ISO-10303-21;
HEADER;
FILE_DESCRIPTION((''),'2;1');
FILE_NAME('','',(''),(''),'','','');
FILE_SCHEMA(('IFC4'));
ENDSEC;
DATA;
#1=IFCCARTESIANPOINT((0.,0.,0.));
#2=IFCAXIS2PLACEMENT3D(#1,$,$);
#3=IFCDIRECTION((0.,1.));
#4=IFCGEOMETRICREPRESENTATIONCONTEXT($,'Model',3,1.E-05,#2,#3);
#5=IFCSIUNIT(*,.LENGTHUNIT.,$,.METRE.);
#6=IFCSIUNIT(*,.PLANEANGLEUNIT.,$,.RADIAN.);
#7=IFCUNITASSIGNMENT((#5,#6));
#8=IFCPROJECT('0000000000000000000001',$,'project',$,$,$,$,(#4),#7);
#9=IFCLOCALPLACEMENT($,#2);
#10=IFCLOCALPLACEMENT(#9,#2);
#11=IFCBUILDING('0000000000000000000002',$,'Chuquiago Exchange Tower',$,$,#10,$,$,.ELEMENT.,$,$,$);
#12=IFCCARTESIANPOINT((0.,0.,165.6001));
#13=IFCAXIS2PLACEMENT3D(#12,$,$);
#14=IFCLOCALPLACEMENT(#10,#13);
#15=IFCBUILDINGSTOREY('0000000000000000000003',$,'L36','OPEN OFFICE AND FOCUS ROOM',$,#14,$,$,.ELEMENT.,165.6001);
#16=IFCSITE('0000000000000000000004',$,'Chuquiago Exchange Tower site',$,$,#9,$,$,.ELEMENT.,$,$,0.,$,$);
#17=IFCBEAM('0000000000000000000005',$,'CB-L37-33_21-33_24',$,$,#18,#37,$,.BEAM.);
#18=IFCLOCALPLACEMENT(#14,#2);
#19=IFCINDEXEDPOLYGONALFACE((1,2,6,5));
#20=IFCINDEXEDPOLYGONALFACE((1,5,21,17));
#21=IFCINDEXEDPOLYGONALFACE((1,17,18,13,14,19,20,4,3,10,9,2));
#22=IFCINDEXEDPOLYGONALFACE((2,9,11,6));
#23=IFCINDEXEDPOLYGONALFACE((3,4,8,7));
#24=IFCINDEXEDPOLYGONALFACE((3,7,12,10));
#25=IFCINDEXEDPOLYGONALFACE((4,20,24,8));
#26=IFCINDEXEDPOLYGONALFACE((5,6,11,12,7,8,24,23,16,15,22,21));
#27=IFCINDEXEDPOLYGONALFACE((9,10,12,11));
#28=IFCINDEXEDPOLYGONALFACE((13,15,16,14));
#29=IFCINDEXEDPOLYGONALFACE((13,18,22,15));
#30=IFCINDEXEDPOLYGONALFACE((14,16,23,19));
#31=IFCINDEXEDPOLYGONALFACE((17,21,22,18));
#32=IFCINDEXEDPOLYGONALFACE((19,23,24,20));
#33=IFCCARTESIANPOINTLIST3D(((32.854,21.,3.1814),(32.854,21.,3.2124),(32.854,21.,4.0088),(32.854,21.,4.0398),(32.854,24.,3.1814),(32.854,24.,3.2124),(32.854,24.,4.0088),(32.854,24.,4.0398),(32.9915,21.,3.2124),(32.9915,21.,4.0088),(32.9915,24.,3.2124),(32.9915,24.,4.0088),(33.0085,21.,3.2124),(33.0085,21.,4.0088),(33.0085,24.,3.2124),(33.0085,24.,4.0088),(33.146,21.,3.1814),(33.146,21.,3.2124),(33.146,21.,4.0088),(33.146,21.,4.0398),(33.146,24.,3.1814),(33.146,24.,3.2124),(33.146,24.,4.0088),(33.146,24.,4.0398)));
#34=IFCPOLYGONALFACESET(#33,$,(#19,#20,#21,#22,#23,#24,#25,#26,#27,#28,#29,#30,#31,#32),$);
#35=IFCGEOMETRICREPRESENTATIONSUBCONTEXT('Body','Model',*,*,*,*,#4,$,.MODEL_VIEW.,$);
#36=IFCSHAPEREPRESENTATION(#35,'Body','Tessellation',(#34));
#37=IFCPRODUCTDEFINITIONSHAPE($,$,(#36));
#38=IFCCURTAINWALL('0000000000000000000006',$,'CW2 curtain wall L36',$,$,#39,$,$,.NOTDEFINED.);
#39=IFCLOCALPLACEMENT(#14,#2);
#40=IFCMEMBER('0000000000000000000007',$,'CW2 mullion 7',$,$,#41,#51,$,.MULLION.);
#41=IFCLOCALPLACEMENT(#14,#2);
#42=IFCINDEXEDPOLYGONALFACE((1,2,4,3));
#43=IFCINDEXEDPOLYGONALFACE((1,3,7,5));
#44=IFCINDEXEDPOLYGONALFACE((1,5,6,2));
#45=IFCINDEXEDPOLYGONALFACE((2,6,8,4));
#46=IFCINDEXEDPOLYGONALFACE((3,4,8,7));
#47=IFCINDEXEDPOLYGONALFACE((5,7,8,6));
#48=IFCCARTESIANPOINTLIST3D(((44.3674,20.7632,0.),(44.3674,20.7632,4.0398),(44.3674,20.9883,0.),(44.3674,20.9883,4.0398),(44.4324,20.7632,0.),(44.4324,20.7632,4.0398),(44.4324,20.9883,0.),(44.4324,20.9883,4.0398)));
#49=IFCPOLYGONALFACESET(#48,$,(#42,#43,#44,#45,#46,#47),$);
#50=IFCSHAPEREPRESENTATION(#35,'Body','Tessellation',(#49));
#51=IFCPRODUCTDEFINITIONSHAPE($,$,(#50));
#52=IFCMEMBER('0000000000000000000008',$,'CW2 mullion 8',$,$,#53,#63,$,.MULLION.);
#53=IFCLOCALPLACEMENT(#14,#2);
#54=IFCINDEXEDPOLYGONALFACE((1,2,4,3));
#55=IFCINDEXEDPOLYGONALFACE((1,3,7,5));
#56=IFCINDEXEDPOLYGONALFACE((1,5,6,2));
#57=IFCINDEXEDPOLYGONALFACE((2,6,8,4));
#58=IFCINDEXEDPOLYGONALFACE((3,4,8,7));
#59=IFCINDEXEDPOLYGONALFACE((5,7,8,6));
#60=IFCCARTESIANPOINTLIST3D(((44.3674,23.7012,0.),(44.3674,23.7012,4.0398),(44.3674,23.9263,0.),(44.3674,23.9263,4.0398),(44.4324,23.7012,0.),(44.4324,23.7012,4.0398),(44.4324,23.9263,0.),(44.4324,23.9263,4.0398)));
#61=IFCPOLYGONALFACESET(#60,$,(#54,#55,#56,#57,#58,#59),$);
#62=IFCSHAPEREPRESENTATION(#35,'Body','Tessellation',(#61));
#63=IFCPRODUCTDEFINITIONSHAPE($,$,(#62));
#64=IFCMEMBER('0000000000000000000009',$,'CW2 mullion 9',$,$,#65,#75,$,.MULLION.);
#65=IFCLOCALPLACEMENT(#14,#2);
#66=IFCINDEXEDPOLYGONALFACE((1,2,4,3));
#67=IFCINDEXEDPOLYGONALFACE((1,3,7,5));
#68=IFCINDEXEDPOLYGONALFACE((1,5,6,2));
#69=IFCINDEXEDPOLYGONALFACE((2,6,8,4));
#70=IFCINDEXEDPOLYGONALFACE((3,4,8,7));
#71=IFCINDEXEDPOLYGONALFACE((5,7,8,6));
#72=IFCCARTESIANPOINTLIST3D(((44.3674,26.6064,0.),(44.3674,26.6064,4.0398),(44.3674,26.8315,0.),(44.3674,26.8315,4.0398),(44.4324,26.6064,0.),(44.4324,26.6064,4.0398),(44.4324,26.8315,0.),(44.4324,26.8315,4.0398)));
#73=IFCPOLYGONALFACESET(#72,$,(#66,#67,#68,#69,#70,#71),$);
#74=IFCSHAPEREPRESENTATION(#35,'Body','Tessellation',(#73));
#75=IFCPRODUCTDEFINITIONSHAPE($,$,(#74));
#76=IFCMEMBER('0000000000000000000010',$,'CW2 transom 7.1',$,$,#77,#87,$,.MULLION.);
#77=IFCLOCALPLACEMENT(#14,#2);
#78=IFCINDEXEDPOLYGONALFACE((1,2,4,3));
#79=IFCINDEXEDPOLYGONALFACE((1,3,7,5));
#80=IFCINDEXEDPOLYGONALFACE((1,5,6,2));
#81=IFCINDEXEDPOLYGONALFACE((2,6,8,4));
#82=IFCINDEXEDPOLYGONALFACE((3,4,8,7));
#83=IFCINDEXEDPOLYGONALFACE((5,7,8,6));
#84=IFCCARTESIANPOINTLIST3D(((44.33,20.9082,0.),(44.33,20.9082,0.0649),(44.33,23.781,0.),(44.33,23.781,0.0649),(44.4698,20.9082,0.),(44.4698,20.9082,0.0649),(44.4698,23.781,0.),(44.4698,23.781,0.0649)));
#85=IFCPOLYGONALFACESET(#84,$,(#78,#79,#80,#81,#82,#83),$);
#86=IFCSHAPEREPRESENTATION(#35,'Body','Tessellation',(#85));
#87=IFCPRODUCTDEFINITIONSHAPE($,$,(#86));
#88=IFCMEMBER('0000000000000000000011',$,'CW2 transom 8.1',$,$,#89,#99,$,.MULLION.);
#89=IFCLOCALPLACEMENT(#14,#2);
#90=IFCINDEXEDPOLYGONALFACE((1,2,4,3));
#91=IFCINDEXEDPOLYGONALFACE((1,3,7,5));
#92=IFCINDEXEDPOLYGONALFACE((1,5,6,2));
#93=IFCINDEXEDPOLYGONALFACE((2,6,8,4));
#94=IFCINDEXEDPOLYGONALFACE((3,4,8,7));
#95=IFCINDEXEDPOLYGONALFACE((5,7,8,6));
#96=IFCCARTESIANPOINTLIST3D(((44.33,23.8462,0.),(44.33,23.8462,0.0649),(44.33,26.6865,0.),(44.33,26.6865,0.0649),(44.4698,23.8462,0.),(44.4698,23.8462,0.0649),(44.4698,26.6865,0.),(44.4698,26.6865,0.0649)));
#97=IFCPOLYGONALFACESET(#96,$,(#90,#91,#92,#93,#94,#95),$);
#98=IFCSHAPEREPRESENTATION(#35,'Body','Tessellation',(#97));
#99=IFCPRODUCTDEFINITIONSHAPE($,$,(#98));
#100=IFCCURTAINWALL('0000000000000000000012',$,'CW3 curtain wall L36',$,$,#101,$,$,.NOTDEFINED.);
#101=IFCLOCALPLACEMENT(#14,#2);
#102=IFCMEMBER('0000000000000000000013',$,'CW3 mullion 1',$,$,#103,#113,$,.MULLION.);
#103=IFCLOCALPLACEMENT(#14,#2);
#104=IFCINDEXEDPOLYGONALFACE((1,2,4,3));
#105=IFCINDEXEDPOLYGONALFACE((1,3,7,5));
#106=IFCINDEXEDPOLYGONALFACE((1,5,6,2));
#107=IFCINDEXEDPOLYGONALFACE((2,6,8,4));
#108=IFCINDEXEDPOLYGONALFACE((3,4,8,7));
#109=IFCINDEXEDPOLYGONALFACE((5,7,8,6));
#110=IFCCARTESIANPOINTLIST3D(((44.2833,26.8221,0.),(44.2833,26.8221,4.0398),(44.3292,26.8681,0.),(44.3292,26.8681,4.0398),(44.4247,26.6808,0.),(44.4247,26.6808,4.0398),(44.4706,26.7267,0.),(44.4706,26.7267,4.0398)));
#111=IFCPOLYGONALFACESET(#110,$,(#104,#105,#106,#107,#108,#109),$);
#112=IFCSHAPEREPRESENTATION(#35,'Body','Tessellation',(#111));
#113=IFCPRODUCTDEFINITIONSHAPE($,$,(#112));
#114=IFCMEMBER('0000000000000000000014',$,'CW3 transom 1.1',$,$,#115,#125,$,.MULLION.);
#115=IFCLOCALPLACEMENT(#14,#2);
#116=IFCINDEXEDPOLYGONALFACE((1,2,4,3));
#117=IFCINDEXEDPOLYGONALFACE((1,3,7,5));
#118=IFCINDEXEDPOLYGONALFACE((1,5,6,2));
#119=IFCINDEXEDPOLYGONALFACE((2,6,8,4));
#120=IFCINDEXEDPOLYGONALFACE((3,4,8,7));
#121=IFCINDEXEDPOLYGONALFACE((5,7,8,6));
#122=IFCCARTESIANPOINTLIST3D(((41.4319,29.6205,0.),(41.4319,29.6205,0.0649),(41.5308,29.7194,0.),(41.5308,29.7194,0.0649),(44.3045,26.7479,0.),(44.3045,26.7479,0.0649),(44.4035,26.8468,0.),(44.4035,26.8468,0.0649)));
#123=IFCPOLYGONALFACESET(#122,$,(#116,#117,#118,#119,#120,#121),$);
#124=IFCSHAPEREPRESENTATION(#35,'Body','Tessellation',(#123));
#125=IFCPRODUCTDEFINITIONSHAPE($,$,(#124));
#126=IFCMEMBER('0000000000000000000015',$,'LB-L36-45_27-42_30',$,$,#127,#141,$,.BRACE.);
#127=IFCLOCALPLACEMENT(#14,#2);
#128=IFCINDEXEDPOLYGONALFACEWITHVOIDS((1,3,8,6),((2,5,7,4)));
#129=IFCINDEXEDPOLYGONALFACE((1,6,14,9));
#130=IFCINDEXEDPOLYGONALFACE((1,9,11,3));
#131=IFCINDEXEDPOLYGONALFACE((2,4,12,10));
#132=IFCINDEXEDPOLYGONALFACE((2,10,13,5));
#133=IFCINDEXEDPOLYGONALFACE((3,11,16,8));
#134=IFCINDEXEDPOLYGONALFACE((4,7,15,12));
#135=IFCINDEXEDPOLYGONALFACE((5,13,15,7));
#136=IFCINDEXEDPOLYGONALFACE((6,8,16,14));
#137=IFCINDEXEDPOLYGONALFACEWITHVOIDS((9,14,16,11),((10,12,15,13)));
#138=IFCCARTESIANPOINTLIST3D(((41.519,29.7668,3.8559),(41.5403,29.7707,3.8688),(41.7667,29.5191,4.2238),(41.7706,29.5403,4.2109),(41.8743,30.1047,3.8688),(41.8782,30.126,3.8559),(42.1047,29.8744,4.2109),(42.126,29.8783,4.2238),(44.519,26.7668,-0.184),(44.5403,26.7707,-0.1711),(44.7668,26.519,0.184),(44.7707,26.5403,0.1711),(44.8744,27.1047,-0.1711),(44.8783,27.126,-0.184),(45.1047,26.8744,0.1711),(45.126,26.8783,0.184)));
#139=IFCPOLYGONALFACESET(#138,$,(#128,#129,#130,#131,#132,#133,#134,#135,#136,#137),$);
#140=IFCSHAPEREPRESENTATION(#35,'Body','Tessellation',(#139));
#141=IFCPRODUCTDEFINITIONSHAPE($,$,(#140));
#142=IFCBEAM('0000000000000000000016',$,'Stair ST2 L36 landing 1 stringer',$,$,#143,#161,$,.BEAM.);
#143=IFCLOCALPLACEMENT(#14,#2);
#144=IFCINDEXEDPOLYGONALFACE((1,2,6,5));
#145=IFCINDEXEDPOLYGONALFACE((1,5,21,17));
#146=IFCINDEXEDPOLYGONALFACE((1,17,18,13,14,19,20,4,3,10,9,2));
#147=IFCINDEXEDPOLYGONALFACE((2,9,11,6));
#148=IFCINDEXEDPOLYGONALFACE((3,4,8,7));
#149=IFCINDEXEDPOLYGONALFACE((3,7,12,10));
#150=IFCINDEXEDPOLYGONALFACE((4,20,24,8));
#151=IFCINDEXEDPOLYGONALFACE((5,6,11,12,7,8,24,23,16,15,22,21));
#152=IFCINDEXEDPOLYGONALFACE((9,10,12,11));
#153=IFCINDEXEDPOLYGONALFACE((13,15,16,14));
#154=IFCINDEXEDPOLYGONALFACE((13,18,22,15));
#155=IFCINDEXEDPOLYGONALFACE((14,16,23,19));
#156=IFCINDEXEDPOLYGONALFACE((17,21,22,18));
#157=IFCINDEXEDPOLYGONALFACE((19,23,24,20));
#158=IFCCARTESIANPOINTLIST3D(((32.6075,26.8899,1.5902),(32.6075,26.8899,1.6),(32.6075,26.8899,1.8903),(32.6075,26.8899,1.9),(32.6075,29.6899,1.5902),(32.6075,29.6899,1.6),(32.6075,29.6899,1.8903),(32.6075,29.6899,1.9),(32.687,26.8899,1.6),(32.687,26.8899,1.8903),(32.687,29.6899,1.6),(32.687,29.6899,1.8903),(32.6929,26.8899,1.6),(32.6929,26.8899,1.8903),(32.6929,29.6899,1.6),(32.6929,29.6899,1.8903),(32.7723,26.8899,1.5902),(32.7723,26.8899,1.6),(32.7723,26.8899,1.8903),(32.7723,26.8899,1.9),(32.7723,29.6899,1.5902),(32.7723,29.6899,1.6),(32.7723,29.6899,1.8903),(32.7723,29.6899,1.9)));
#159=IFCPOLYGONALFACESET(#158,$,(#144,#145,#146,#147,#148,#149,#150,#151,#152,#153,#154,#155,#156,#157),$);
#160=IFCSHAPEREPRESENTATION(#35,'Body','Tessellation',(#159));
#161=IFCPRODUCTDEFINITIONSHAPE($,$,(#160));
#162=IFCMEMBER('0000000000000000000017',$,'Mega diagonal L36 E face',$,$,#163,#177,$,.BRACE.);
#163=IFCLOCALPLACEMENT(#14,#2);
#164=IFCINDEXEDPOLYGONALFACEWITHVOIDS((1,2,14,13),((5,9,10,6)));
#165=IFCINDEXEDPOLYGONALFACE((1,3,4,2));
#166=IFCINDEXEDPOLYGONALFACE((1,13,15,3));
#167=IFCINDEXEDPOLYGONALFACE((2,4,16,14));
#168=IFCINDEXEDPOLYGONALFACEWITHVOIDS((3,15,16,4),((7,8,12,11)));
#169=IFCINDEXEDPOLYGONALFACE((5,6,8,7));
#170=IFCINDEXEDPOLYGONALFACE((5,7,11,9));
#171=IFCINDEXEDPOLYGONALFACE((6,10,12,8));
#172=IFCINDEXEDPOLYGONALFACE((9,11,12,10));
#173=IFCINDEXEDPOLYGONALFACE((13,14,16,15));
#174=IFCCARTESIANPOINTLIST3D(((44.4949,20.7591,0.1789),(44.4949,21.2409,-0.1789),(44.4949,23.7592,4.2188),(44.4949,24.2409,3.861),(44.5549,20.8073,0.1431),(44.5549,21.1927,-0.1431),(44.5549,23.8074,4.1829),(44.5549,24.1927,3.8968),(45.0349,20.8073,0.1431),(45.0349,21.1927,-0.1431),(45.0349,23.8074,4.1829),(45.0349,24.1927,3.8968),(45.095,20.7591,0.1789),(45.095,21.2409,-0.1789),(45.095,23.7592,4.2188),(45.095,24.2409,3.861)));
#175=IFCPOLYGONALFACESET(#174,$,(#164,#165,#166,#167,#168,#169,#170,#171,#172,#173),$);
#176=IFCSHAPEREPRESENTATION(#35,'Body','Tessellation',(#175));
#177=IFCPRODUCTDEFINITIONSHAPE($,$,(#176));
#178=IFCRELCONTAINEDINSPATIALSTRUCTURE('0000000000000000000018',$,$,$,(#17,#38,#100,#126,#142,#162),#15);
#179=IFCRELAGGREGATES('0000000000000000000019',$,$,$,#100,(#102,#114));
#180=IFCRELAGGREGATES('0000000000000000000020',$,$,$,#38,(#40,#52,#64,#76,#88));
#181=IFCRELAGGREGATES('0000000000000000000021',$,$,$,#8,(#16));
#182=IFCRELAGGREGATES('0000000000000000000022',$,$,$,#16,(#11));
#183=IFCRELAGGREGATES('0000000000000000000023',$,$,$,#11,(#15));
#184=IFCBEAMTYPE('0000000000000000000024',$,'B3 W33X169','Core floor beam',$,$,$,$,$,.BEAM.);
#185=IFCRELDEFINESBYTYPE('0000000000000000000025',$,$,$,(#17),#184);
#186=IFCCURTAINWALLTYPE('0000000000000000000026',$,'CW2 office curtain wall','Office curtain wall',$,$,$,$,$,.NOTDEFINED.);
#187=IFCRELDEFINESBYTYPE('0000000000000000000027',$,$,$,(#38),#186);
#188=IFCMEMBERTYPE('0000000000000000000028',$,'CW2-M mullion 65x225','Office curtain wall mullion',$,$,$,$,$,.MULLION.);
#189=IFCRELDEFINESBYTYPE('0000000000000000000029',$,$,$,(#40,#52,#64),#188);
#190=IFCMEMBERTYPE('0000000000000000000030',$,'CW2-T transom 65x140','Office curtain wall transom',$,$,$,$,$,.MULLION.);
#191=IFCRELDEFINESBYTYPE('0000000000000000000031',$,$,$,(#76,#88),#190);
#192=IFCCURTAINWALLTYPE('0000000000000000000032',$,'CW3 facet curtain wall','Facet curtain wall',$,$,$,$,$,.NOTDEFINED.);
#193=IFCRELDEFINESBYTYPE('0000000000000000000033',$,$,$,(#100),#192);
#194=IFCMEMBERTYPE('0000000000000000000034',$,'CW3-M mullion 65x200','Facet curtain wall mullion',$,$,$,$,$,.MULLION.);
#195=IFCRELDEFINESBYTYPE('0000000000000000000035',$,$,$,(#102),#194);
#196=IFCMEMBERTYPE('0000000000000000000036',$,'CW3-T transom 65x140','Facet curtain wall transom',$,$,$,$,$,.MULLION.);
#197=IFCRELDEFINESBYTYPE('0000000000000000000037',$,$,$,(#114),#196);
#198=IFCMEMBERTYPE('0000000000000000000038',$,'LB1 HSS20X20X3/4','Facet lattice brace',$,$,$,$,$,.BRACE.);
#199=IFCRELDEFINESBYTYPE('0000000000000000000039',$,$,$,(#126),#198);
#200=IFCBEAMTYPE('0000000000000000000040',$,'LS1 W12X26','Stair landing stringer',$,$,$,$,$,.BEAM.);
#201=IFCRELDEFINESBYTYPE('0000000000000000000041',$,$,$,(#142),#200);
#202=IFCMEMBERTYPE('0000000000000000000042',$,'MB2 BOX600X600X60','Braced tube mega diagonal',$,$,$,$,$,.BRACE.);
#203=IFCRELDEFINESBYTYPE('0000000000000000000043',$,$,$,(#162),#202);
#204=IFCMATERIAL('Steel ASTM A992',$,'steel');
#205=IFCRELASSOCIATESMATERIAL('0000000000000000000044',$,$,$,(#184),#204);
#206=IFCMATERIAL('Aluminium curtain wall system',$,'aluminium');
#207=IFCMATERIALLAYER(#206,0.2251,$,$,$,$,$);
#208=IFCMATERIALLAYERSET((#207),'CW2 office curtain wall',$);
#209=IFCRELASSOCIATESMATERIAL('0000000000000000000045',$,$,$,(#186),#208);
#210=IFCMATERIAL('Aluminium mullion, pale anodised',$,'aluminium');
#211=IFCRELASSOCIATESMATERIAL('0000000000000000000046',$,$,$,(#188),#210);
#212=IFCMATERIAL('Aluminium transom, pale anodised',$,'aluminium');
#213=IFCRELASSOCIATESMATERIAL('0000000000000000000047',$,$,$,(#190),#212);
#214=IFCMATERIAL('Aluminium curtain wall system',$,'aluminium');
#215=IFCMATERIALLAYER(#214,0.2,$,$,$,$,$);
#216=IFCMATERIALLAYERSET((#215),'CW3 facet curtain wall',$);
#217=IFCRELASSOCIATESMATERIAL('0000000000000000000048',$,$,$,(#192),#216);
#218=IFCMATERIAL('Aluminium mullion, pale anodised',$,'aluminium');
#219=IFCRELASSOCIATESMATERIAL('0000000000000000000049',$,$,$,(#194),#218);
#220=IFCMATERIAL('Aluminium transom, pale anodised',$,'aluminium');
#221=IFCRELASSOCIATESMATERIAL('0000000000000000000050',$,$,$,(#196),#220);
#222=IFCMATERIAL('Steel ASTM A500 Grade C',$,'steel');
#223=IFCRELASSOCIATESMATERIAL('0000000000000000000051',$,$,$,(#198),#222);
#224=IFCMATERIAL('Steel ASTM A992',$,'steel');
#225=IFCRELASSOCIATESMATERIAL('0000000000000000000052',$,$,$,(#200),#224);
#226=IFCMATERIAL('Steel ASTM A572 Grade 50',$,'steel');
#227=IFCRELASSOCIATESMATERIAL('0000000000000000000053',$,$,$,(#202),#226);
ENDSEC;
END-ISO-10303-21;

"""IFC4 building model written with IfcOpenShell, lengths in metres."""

from ifc_helpers import new_model, si_unit, direction, frame, origin, origin_2d, place, context, subcontext, project, spatial, rectangle, hollow_rectangle, i_section, extrude, material, layer, layer_set, material_profile, profile_set, type_object, element, aggregate, save


model = new_model("IFC4")

# Units and contexts
model_context = context("Model", 3, precision=1e-05, world=origin(), true_north=direction((0.0, 1.0)))
body_context = subcontext(model_context, "Body", "Model", "MODEL_VIEW")
ifc_project = project(units=[si_unit("LENGTHUNIT", "METRE"), si_unit("PLANEANGLEUNIT", "RADIAN")], contexts=[model_context])

# Site, building, storey
site_placement = place(None, origin())
site = spatial("IfcSite", under=ifc_project, at=site_placement, Name="Chuquiago Exchange Tower site", CompositionType="ELEMENT", RefElevation=0.0)
building_placement = place(site_placement, origin())
building = spatial("IfcBuilding", under=site, at=building_placement, Name="Chuquiago Exchange Tower", CompositionType="ELEMENT")
storey_placement = place(building_placement, frame((0.0, 0.0, 165.6001)))
storey = spatial("IfcBuildingStorey", under=building, at=storey_placement, Name="L36", Description="OPEN OFFICE AND FOCUS ROOM", CompositionType="ELEMENT", Elevation=165.6001)

# Beam
ifc_material_1 = material(Name="Steel ASTM A992", Category="steel")
ifc_material_profile_1 = material_profile(ifc_material_1, i_section(OverallWidth=0.292, OverallDepth=0.8584, WebThickness=0.0171, FlangeThickness=0.031, at=origin_2d()), Name="W33X169")
ifc_profile_set_1 = profile_set([ifc_material_profile_1], Name="Steel ASTM A992")
beam_type_1 = type_object("IfcBeamType", Name="B3 W33X169", Description="Core floor beam", PredefinedType="BEAM", material=ifc_profile_set_1)
beam_1_placement = place(storey_placement, frame((33.0, 21.0, 3.6106), z_axis=(0.0, 1.0, 0.0), x_axis=(-1.0, 0.0, 0.0)))
element("IfcBeam", 1, at=beam_1_placement, inside=storey, type_object=beam_type_1, Name="CB-L37-33_21-33_24", PredefinedType="BEAM", context=body_context, shape_type="SweptSolid", body=[
    extrude(i_section(OverallWidth=0.292, OverallDepth=0.8584, WebThickness=0.0171, FlangeThickness=0.031, at=origin_2d()), origin(), (0.0, 0.0, 1.0), 3.0),
])

# Curtain walls, members
ifc_material_2 = material(Name="Aluminium curtain wall system", Category="aluminium")
ifc_layer_1 = layer(ifc_material_2, 0.2251)
ifc_layer_set_1 = layer_set([ifc_layer_1], Name="CW2 office curtain wall")
curtain_wall_type_1 = type_object("IfcCurtainWallType", Name="CW2 office curtain wall", Description="Office curtain wall", PredefinedType="NOTDEFINED", material=ifc_layer_set_1)
curtain_wall_1_placement = place(storey_placement, origin())
curtain_wall_1 = element("IfcCurtainWall", 2, at=curtain_wall_1_placement, inside=storey, type_object=curtain_wall_type_1, Name="CW2 curtain wall L36", PredefinedType="NOTDEFINED")
ifc_material_3 = material(Name="Aluminium mullion, pale anodised", Category="aluminium")
ifc_material_profile_2 = material_profile(ifc_material_3, rectangle(XDim=0.0649, YDim=0.2251, at=origin_2d()), Name="AL 65x225")
ifc_profile_set_2 = profile_set([ifc_material_profile_2], Name="Aluminium mullion, pale anodised")
member_type_1 = type_object("IfcMemberType", Name="CW2-M mullion 65x225", Description="Office curtain wall mullion", PredefinedType="MULLION", material=ifc_profile_set_2)
member_1_placement = place(storey_placement, frame((44.3999, 20.8757, 0.0), z_axis=(0.0, 0.0, 1.0), x_axis=(-1.0, 0.0, 0.0)))
member_1 = element("IfcMember", 3, at=member_1_placement, type_object=member_type_1, Name="CW2 mullion 7", PredefinedType="MULLION", context=body_context, shape_type="SweptSolid", body=[
    extrude(rectangle(XDim=0.0649, YDim=0.2251, at=origin_2d()), origin(), (0.0, 0.0, 1.0), 4.0398),
])
member_2_placement = place(storey_placement, frame((44.3999, 23.8137, 0.0), z_axis=(0.0, 0.0, 1.0), x_axis=(-1.0, 0.0, 0.0)))
member_2 = element("IfcMember", 4, at=member_2_placement, type_object=member_type_1, Name="CW2 mullion 8", PredefinedType="MULLION", context=body_context, shape_type="SweptSolid", body=[
    extrude(rectangle(XDim=0.0649, YDim=0.2251, at=origin_2d()), origin(), (0.0, 0.0, 1.0), 4.0398),
])
member_3_placement = place(storey_placement, frame((44.3999, 26.719, 0.0), z_axis=(0.0, 0.0, 1.0), x_axis=(-1.0, 0.0, 0.0)))
member_3 = element("IfcMember", 5, at=member_3_placement, type_object=member_type_1, Name="CW2 mullion 9", PredefinedType="MULLION", context=body_context, shape_type="SweptSolid", body=[
    extrude(rectangle(XDim=0.0649, YDim=0.2251, at=origin_2d()), origin(), (0.0, 0.0, 1.0), 4.0398),
])
ifc_material_4 = material(Name="Aluminium transom, pale anodised", Category="aluminium")
ifc_material_profile_3 = material_profile(ifc_material_4, rectangle(XDim=0.1399, YDim=0.0649, at=origin_2d()), Name="AL 140x65")
ifc_profile_set_3 = profile_set([ifc_material_profile_3], Name="Aluminium transom, pale anodised")
member_type_2 = type_object("IfcMemberType", Name="CW2-T transom 65x140", Description="Office curtain wall transom", PredefinedType="MULLION", material=ifc_profile_set_3)
member_4_placement = place(storey_placement, frame((44.3999, 20.9082, 0.0325), z_axis=(0.0, 1.0, 0.0), x_axis=(-1.0, 0.0, 0.0)))
member_4 = element("IfcMember", 6, at=member_4_placement, type_object=member_type_2, Name="CW2 transom 7.1", PredefinedType="MULLION", context=body_context, shape_type="SweptSolid", body=[
    extrude(rectangle(XDim=0.1399, YDim=0.0649, at=origin_2d()), origin(), (0.0, 0.0, 1.0), 2.8728),
])
member_5_placement = place(storey_placement, frame((44.3999, 23.8462, 0.0325), z_axis=(0.0, 1.0, 0.0), x_axis=(-1.0, 0.0, 0.0)))
member_5 = element("IfcMember", 7, at=member_5_placement, type_object=member_type_2, Name="CW2 transom 8.1", PredefinedType="MULLION", context=body_context, shape_type="SweptSolid", body=[
    extrude(rectangle(XDim=0.1399, YDim=0.0649, at=origin_2d()), origin(), (0.0, 0.0, 1.0), 2.8403),
])
ifc_material_5 = material(Name="Aluminium curtain wall system", Category="aluminium")
ifc_layer_2 = layer(ifc_material_5, 0.2)
ifc_layer_set_2 = layer_set([ifc_layer_2], Name="CW3 facet curtain wall")
curtain_wall_type_2 = type_object("IfcCurtainWallType", Name="CW3 facet curtain wall", Description="Facet curtain wall", PredefinedType="NOTDEFINED", material=ifc_layer_set_2)
curtain_wall_2_placement = place(storey_placement, origin())
curtain_wall_2 = element("IfcCurtainWall", 8, at=curtain_wall_2_placement, inside=storey, type_object=curtain_wall_type_2, Name="CW3 curtain wall L36", PredefinedType="NOTDEFINED")
ifc_material_6 = material(Name="Aluminium mullion, pale anodised", Category="aluminium")
ifc_material_profile_4 = material_profile(ifc_material_6, rectangle(XDim=0.0649, YDim=0.2, at=origin_2d()), Name="AL 65x200")
ifc_profile_set_4 = profile_set([ifc_material_profile_4], Name="Aluminium mullion, pale anodised")
member_type_3 = type_object("IfcMemberType", Name="CW3-M mullion 65x200", Description="Facet curtain wall mullion", PredefinedType="MULLION", material=ifc_profile_set_4)
member_6_placement = place(storey_placement, frame((44.377, 26.7744, 0.0), z_axis=(0.0, 0.0, 1.0), x_axis=(-0.707107, -0.707107, 0.0)))
member_6 = element("IfcMember", 9, at=member_6_placement, type_object=member_type_3, Name="CW3 mullion 1", PredefinedType="MULLION", context=body_context, shape_type="SweptSolid", body=[
    extrude(rectangle(XDim=0.0649, YDim=0.2, at=origin_2d()), origin(), (0.0, 0.0, 1.0), 4.0398),
])
ifc_material_7 = material(Name="Aluminium transom, pale anodised", Category="aluminium")
ifc_material_profile_5 = material_profile(ifc_material_7, rectangle(XDim=0.1399, YDim=0.0649, at=origin_2d()), Name="AL 140x65")
ifc_profile_set_5 = profile_set([ifc_material_profile_5], Name="Aluminium transom, pale anodised")
member_type_4 = type_object("IfcMemberType", Name="CW3-T transom 65x140", Description="Facet curtain wall transom", PredefinedType="MULLION", material=ifc_profile_set_5)
member_7_placement = place(storey_placement, frame((44.354, 26.7974, 0.0325), z_axis=(-0.707107, 0.707107, 0.0), x_axis=(-0.707107, -0.707107, 0.0)))
member_7 = element("IfcMember", 10, at=member_7_placement, type_object=member_type_4, Name="CW3 transom 1.1", PredefinedType="MULLION", context=body_context, shape_type="SweptSolid", body=[
    extrude(rectangle(XDim=0.1399, YDim=0.0649, at=origin_2d()), origin(), (0.0, 0.0, 1.0), 4.0625),
])
aggregate(curtain_wall_2, [member_6, member_7])

# Member
ifc_material_8 = material(Name="Steel ASTM A500 Grade C", Category="steel")
ifc_material_profile_6 = material_profile(ifc_material_8, hollow_rectangle(XDim=0.5081, YDim=0.5081, WallThickness=0.0178, at=origin_2d()), Name="HSS20X20X3/4")
ifc_profile_set_6 = profile_set([ifc_material_profile_6], Name="Steel ASTM A500 Grade C")
member_type_5 = type_object("IfcMemberType", Name="LB1 HSS20X20X3/4", Description="Facet lattice brace", PredefinedType="BRACE", material=ifc_profile_set_6)
member_8_placement = place(storey_placement, frame((44.8225, 26.8225, 0.0), z_axis=(-0.512092, 0.512092, 0.689582), x_axis=(-0.707107, -0.707107, 0.0)))
element("IfcMember", 11, at=member_8_placement, inside=storey, type_object=member_type_5, Name="LB-L36-45_27-42_30", PredefinedType="BRACE", context=body_context, shape_type="SweptSolid", body=[
    extrude(hollow_rectangle(XDim=0.5081, YDim=0.5081, WallThickness=0.0178, at=origin_2d()), origin(), (0.0, 0.0, 1.0), 5.8584),
])

# Beam
ifc_material_9 = material(Name="Steel ASTM A992", Category="steel")
ifc_material_profile_7 = material_profile(ifc_material_9, i_section(OverallWidth=0.1648, OverallDepth=0.3098, WebThickness=0.0059, FlangeThickness=0.0098, at=origin_2d()), Name="W12X26")
ifc_profile_set_7 = profile_set([ifc_material_profile_7], Name="Steel ASTM A992")
beam_type_2 = type_object("IfcBeamType", Name="LS1 W12X26", Description="Stair landing stringer", PredefinedType="BEAM", material=ifc_profile_set_7)
beam_2_placement = place(storey_placement, frame((32.6899, 26.8899, 1.7451), z_axis=(0.0, 1.0, 0.0), x_axis=(-1.0, 0.0, 0.0)))
element("IfcBeam", 12, at=beam_2_placement, inside=storey, type_object=beam_type_2, Name="Stair ST2 L36 landing 1 stringer", PredefinedType="BEAM", context=body_context, shape_type="SweptSolid", body=[
    extrude(i_section(OverallWidth=0.1648, OverallDepth=0.3098, WebThickness=0.0059, FlangeThickness=0.0098, at=origin_2d()), origin(), (0.0, 0.0, 1.0), 2.8),
])

# Member
ifc_material_10 = material(Name="Steel ASTM A572 Grade 50", Category="steel")
ifc_material_profile_8 = material_profile(ifc_material_10, hollow_rectangle(XDim=0.6001, YDim=0.6001, WallThickness=0.0601, at=origin_2d()), Name="BOX600X600X60")
ifc_profile_set_8 = profile_set([ifc_material_profile_8], Name="Steel ASTM A572 Grade 50")
member_type_6 = type_object("IfcMemberType", Name="MB2 BOX600X600X60", Description="Braced tube mega diagonal", PredefinedType="BRACE", material=ifc_profile_set_8)
member_9_placement = place(storey_placement, frame((44.7949, 21.0, 0.0), z_axis=(0.0, 0.596197, 0.802838), x_axis=(-1.0, 0.0, 0.0)))
element("IfcMember", 13, at=member_9_placement, inside=storey, type_object=member_type_6, Name="Mega diagonal L36 E face", PredefinedType="BRACE", context=body_context, shape_type="SweptSolid", body=[
    extrude(hollow_rectangle(XDim=0.6001, YDim=0.6001, WallThickness=0.0601, at=origin_2d()), origin(), (0.0, 0.0, 1.0), 5.032),
])

aggregate(curtain_wall_1, [member_1, member_2, member_3, member_4, member_5])

save(model, "model.ifc")
